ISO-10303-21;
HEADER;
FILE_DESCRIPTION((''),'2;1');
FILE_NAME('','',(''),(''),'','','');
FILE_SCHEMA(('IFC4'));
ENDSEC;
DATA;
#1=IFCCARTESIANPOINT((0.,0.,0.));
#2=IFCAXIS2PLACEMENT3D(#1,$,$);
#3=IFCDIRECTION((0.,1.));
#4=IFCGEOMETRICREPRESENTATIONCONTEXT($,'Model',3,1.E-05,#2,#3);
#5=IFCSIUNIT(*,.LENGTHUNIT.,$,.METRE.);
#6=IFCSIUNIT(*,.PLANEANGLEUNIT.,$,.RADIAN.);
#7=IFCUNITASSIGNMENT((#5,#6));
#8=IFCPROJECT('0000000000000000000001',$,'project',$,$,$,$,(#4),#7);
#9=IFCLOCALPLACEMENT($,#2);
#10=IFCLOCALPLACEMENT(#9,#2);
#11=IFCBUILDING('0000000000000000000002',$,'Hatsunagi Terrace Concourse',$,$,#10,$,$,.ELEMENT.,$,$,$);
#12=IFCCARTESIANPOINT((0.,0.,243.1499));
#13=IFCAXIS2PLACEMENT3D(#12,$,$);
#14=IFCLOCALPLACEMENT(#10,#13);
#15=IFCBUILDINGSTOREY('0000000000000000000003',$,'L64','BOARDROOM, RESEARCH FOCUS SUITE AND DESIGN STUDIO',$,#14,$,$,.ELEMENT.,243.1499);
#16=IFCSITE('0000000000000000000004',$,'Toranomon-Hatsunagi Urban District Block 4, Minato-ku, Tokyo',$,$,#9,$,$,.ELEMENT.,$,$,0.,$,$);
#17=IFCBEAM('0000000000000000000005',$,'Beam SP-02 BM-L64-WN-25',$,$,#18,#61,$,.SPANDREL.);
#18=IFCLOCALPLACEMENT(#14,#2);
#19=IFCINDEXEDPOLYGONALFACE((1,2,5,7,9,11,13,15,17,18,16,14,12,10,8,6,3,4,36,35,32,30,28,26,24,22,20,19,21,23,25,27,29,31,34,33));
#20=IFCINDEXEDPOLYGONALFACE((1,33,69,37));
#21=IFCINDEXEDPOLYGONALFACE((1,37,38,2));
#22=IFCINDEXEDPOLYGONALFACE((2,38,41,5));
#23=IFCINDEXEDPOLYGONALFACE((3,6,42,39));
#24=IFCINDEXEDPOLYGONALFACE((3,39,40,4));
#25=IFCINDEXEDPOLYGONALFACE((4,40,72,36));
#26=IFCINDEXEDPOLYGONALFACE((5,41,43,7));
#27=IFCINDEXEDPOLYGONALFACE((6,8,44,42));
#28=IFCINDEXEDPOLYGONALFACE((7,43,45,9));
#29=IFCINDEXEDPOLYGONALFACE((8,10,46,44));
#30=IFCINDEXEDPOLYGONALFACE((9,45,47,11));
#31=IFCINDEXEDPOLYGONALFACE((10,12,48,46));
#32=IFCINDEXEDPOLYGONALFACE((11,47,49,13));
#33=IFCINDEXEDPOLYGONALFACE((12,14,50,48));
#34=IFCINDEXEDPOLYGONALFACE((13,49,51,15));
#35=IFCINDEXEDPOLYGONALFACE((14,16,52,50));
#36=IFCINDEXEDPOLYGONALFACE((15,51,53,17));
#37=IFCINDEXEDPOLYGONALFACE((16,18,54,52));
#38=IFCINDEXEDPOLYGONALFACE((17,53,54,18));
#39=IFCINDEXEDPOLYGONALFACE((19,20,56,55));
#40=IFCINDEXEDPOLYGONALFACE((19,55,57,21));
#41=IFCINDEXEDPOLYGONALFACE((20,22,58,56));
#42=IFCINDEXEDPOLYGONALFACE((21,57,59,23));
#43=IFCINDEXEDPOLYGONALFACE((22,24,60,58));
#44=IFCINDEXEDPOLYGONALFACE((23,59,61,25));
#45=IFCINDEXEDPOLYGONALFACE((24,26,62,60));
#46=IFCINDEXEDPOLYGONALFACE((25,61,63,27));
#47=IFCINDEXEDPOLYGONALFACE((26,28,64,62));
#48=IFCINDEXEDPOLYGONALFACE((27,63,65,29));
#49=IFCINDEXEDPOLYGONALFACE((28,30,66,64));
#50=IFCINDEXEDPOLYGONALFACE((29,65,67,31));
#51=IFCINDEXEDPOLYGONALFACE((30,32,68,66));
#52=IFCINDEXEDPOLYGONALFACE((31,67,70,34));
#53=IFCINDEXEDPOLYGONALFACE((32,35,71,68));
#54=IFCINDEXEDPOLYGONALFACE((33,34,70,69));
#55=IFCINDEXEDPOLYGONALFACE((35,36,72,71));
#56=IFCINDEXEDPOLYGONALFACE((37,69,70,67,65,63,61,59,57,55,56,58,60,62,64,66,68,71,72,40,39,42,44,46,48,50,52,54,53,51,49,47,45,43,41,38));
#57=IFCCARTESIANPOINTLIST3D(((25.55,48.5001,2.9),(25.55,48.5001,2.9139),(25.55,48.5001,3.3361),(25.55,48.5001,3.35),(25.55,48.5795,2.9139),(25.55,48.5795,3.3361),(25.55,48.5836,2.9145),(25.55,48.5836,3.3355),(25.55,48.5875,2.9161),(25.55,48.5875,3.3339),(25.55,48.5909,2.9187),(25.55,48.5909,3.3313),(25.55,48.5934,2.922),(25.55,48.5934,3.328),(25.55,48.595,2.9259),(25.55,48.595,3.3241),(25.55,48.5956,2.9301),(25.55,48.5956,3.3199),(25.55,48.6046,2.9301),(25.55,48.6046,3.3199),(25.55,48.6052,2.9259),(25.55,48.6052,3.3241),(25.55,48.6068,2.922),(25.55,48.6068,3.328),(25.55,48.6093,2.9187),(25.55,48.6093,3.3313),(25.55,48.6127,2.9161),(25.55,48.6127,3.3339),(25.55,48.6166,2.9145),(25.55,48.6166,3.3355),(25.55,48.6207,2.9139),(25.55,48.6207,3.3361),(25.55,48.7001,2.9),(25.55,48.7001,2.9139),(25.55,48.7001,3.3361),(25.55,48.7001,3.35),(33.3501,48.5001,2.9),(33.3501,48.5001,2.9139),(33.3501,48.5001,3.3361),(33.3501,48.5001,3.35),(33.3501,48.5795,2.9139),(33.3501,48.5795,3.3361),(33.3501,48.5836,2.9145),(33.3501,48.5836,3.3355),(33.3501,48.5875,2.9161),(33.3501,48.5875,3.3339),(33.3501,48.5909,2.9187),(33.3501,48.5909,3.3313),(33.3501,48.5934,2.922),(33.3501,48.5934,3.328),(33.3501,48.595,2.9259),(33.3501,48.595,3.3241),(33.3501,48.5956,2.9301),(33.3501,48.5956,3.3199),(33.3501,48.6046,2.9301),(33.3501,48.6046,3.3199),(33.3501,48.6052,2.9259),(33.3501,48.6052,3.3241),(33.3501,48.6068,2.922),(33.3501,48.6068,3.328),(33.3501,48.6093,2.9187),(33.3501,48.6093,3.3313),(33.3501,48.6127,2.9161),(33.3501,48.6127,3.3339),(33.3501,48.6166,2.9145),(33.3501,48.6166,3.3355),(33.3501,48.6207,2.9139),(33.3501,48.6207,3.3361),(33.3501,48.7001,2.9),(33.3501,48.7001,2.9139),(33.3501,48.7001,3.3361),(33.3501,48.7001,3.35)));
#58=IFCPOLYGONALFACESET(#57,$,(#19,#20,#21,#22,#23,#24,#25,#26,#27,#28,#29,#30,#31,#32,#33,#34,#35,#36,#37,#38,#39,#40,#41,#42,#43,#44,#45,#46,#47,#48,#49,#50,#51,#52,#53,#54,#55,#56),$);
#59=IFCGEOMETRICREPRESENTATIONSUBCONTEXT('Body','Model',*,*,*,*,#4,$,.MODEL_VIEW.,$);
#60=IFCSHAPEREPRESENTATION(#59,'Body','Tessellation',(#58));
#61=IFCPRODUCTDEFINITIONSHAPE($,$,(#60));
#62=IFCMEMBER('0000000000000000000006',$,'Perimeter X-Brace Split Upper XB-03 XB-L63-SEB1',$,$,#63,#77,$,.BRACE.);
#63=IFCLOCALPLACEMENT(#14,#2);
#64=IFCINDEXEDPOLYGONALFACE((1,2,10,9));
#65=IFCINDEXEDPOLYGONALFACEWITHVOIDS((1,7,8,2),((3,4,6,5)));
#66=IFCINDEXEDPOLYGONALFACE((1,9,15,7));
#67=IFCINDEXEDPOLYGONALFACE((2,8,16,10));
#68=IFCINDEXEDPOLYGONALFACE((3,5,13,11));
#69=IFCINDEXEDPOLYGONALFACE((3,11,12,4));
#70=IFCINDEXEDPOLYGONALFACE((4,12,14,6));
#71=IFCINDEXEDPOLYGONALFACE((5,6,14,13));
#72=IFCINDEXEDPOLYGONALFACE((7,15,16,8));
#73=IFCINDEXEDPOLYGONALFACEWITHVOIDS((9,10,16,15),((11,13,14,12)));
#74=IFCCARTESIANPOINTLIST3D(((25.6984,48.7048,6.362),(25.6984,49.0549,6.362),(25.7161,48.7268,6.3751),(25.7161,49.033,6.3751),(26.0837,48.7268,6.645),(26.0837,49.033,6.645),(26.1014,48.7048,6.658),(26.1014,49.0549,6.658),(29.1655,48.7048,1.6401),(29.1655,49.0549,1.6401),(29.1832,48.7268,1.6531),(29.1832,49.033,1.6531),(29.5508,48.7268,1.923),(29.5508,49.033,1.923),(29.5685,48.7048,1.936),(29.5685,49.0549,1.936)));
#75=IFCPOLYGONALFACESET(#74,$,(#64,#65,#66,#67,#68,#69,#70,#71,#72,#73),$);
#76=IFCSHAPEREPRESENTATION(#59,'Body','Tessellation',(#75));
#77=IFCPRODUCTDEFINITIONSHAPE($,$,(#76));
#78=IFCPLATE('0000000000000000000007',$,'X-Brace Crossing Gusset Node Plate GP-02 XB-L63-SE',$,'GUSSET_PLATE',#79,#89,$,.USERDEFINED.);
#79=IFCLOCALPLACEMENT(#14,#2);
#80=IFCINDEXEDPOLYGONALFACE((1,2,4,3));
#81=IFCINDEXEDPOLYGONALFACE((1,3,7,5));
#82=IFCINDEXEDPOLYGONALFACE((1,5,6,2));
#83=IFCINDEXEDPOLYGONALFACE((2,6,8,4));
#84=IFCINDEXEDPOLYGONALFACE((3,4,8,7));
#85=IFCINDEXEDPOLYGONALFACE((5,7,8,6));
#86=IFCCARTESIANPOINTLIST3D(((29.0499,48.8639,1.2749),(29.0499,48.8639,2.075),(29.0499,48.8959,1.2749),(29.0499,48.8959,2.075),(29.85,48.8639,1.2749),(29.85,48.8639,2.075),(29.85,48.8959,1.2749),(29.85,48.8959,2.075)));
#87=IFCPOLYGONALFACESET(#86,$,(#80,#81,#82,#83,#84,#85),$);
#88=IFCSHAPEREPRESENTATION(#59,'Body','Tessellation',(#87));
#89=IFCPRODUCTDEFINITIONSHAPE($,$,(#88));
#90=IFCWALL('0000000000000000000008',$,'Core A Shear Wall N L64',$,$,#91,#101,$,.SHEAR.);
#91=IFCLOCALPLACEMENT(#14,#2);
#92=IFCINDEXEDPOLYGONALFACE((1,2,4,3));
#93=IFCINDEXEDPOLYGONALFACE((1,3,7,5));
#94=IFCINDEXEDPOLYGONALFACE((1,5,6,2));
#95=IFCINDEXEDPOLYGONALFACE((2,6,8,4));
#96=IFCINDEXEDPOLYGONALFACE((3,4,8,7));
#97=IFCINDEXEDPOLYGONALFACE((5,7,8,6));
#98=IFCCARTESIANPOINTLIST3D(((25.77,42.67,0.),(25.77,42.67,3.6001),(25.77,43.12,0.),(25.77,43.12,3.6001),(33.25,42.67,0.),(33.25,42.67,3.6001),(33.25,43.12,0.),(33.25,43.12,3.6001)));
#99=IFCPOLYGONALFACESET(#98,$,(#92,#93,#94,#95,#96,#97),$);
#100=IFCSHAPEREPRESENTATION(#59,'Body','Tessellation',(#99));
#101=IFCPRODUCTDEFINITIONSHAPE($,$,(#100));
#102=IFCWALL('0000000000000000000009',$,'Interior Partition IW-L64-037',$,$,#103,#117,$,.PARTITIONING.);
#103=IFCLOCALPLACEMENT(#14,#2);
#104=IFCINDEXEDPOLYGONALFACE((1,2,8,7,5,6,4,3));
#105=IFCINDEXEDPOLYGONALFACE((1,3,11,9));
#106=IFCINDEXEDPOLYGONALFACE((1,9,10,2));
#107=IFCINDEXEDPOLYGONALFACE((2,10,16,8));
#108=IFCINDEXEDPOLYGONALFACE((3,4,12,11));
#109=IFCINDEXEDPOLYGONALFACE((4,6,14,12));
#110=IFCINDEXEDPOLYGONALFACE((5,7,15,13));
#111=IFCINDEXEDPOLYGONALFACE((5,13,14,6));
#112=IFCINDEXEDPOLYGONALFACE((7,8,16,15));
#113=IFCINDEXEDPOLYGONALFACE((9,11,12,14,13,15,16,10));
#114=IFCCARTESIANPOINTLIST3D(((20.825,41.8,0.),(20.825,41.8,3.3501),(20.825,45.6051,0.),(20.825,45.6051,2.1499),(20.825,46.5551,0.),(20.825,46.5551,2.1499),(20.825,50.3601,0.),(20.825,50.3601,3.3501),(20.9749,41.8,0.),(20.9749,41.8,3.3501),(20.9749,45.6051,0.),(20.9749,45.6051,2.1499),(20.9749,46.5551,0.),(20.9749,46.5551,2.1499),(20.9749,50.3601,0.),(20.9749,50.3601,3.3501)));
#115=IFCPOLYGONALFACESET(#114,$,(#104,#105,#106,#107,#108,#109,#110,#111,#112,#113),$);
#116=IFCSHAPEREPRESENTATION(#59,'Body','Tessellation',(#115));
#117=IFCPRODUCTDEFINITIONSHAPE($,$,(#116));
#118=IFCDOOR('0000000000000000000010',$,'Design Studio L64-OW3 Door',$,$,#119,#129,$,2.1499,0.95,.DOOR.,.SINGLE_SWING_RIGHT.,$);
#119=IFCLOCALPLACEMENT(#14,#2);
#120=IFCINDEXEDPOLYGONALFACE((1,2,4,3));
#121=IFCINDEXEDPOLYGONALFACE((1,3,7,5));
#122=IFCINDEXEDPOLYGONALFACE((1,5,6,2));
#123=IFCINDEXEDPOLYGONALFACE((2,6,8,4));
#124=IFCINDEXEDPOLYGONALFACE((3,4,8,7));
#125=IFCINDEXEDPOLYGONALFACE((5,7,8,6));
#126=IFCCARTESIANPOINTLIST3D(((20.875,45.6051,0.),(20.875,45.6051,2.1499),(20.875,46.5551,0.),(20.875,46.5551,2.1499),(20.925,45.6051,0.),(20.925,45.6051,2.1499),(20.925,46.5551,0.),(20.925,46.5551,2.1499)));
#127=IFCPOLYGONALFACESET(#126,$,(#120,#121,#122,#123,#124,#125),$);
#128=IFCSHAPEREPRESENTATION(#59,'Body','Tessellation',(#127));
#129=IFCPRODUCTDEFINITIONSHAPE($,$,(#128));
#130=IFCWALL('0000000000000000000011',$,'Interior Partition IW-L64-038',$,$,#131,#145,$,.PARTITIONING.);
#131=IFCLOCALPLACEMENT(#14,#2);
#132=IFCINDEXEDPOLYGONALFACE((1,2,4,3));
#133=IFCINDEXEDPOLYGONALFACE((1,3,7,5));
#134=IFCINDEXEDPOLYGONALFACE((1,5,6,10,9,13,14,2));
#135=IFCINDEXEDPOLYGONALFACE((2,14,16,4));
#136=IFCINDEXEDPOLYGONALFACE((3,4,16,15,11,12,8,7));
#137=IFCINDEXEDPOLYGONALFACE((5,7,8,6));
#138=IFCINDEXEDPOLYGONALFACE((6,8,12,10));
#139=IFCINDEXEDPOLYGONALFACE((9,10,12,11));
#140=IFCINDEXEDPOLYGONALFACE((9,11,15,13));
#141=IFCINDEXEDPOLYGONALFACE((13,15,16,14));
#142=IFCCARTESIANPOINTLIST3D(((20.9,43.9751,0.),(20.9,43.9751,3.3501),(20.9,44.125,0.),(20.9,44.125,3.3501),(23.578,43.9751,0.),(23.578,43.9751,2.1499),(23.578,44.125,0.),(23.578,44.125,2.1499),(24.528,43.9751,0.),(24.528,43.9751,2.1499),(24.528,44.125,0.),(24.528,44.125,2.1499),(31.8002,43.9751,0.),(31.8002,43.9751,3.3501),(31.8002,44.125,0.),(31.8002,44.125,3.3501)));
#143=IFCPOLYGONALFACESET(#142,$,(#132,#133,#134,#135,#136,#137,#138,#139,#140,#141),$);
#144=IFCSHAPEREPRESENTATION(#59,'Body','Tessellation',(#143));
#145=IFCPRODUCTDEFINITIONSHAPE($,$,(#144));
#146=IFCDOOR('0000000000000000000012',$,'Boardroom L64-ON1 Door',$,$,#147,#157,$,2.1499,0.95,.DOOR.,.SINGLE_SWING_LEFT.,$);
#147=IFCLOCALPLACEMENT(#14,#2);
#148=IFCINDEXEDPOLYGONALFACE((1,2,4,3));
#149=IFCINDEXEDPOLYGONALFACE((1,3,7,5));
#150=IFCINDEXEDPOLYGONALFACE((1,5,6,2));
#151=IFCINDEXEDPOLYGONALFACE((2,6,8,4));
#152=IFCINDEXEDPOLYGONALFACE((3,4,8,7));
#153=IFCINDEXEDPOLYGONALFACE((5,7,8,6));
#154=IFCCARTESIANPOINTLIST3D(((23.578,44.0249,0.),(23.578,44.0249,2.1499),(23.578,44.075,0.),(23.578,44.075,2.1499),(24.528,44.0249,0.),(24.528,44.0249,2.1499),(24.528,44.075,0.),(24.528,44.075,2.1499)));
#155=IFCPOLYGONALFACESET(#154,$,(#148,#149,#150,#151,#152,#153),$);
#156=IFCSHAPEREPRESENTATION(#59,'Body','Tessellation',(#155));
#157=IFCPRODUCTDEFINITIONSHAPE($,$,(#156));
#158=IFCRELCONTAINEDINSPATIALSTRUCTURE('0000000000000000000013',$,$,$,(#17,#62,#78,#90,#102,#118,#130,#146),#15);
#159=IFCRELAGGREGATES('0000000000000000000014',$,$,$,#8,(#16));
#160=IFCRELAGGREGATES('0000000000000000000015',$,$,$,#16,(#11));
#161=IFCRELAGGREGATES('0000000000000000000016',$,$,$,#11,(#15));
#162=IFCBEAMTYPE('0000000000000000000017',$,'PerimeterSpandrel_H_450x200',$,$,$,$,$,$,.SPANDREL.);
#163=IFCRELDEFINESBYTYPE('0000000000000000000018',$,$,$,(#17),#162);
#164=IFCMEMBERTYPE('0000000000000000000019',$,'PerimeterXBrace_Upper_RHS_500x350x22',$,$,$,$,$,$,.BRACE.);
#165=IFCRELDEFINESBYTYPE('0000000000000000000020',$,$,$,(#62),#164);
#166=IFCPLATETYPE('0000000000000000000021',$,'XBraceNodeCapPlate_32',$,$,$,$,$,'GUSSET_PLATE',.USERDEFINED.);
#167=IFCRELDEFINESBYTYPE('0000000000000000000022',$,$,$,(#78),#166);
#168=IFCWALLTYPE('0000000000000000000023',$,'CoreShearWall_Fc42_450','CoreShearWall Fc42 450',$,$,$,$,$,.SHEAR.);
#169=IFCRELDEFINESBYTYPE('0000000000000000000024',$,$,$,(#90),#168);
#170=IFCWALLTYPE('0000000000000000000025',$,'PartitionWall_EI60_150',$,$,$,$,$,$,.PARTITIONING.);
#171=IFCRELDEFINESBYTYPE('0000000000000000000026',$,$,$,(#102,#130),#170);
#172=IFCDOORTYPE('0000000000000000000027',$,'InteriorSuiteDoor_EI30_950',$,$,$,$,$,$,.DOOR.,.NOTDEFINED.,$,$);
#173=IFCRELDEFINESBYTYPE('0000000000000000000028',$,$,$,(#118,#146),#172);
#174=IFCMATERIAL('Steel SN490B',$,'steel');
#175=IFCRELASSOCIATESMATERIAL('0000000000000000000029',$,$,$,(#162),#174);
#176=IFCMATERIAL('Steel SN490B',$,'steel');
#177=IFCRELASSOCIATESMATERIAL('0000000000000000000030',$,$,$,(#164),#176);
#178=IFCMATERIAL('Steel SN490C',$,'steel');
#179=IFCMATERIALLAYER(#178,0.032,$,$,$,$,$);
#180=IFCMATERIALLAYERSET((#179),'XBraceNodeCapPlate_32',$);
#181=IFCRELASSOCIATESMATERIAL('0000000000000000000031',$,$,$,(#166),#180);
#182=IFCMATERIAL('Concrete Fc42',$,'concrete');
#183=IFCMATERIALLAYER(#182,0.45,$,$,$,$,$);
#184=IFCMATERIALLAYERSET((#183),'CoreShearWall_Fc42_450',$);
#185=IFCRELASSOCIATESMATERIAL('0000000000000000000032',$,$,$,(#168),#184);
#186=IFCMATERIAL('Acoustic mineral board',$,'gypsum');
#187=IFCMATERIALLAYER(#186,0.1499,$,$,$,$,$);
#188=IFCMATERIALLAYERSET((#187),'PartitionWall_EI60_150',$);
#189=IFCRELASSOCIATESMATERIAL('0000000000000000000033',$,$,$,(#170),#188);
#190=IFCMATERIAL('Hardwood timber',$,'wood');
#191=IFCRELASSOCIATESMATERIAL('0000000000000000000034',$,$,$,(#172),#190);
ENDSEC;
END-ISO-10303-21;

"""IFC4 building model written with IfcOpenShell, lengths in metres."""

from ifc_helpers import new_model, si_unit, direction, frame, frame_2d, origin, origin_2d, place, context, subcontext, project, spatial, rectangle, hollow_rectangle, i_section, extrude, material, layer, layer_set, material_profile, profile_set, type_object, element, fill, save


model = new_model("IFC4")

# Units and contexts
model_context = context("Model", 3, precision=1e-05, world=origin(), true_north=direction((0.0, 1.0)))
body_context = subcontext(model_context, "Body", "Model", "MODEL_VIEW")
ifc_project = project(units=[si_unit("LENGTHUNIT", "METRE"), si_unit("PLANEANGLEUNIT", "RADIAN")], contexts=[model_context])

# Site, building, storey
site_placement = place(None, origin())
site = spatial("IfcSite", under=ifc_project, at=site_placement, Name="Toranomon-Hatsunagi Urban District Block 4, Minato-ku, Tokyo", CompositionType="ELEMENT", RefElevation=0.0)
building_placement = place(site_placement, origin())
building = spatial("IfcBuilding", under=site, at=building_placement, Name="Hatsunagi Terrace Concourse", CompositionType="ELEMENT")
storey_placement = place(building_placement, frame((0.0, 0.0, 243.1499)))
storey = spatial("IfcBuildingStorey", under=building, at=storey_placement, Name="L64", Description="BOARDROOM, RESEARCH FOCUS SUITE AND DESIGN STUDIO", CompositionType="ELEMENT", Elevation=243.1499)

# Beam
ifc_material_1 = material(Name="Steel SN490B", Category="steel")
ifc_material_profile_1 = material_profile(ifc_material_1, i_section(OverallWidth=0.2, OverallDepth=0.45, WebThickness=0.009, FlangeThickness=0.0139, FilletRadius=0.0161, at=origin_2d()), Name="H-450x200x9x14")
ifc_profile_set_1 = profile_set([ifc_material_profile_1], Name="Steel SN490B")
beam_type_1 = type_object("IfcBeamType", Name="PerimeterSpandrel_H_450x200", PredefinedType="SPANDREL", material=ifc_profile_set_1)
beam_1_placement = place(storey_placement, frame((25.55, 48.6001, 3.125), z_axis=(1.0, 0.0, 0.0), x_axis=(0.0, 1.0, 0.0)))
element("IfcBeam", 1, at=beam_1_placement, inside=storey, type_object=beam_type_1, Name="Beam SP-02 BM-L64-WN-25", PredefinedType="SPANDREL", context=body_context, shape_type="SweptSolid", body=[
    extrude(i_section(OverallWidth=0.2, OverallDepth=0.45, WebThickness=0.009, FlangeThickness=0.0139, FilletRadius=0.0161, at=origin_2d()), origin(), (0.0, 0.0, 1.0), 7.8),
])

# Member
ifc_material_2 = material(Name="Steel SN490B", Category="steel")
ifc_material_profile_2 = material_profile(ifc_material_2, hollow_rectangle(XDim=0.3501, YDim=0.5, WallThickness=0.022, at=origin_2d()), Name="RHS-500x350x22")
ifc_profile_set_2 = profile_set([ifc_material_profile_2], Name="Steel SN490B")
member_type = type_object("IfcMemberType", Name="PerimeterXBrace_Upper_RHS_500x350x22", PredefinedType="BRACE", material=ifc_profile_set_2)
member_placement = place(storey_placement, frame((25.8999, 48.8799, 6.51), z_axis=(0.591841, 0.0, -0.806055), x_axis=(0.0, 1.0, 0.0)))
element("IfcMember", 2, at=member_placement, inside=storey, type_object=member_type, Name="Perimeter X-Brace Split Upper XB-03 XB-L63-SEB1", PredefinedType="BRACE", context=body_context, shape_type="SweptSolid", body=[
    extrude(hollow_rectangle(XDim=0.3501, YDim=0.5, WallThickness=0.022, at=origin_2d()), origin(), (0.0, 0.0, 1.0), 5.8582),
])

# Plate
ifc_material_3 = material(Name="Steel SN490C", Category="steel")
ifc_layer_1 = layer(ifc_material_3, 0.032)
ifc_layer_set_1 = layer_set([ifc_layer_1], Name="XBraceNodeCapPlate_32")
plate_type = type_object("IfcPlateType", Name="XBraceNodeCapPlate_32", ElementType="GUSSET_PLATE", PredefinedType="USERDEFINED", material=ifc_layer_set_1)
plate_placement = place(storey_placement, frame((29.45, 48.8799, 1.2749), z_axis=(0.0, 0.0, 1.0), x_axis=(1.0, 0.0, 0.0)))
element("IfcPlate", 3, at=plate_placement, inside=storey, type_object=plate_type, Name="X-Brace Crossing Gusset Node Plate GP-02 XB-L63-SE", ObjectType="GUSSET_PLATE", PredefinedType="USERDEFINED", context=body_context, shape_type="SweptSolid", body=[
    extrude(rectangle(XDim=0.8, YDim=0.032, at=origin_2d()), origin(), (0.0, 0.0, 1.0), 0.8),
])

# Wall
ifc_material_4 = material(Name="Concrete Fc42", Category="concrete")
ifc_layer_2 = layer(ifc_material_4, 0.45)
ifc_layer_set_2 = layer_set([ifc_layer_2], Name="CoreShearWall_Fc42_450")
wall_type_1 = type_object("IfcWallType", Name="CoreShearWall_Fc42_450", Description="CoreShearWall Fc42 450", PredefinedType="SHEAR", material=ifc_layer_set_2)
wall_1_placement = place(storey_placement, frame((25.77, 42.895, 0.0), z_axis=(0.0, 0.0, 1.0), x_axis=(1.0, 0.0, 0.0)))
element("IfcWall", 4, at=wall_1_placement, inside=storey, type_object=wall_type_1, Name="Core A Shear Wall N L64", PredefinedType="SHEAR", context=body_context, shape_type="SweptSolid", body=[
    extrude(rectangle(XDim=7.48, YDim=0.45, at=frame_2d((3.74, 0.0))), origin(), (0.0, 0.0, 1.0), 3.6001),
])

# Walls, openings, doors
ifc_material_5 = material(Name="Acoustic mineral board", Category="gypsum")
ifc_layer_3 = layer(ifc_material_5, 0.1499)
ifc_layer_set_3 = layer_set([ifc_layer_3], Name="PartitionWall_EI60_150")
wall_type_2 = type_object("IfcWallType", Name="PartitionWall_EI60_150", PredefinedType="PARTITIONING", material=ifc_layer_set_3)
wall_2_placement = place(storey_placement, frame((20.8999, 41.8, 0.0), z_axis=(0.0, 0.0, 1.0), x_axis=(0.0, 1.0, 0.0)))
wall_2 = element("IfcWall", 5, at=wall_2_placement, inside=storey, type_object=wall_type_2, Name="Interior Partition IW-L64-037", PredefinedType="PARTITIONING", context=body_context, shape_type="SweptSolid", body=[
    extrude(rectangle(XDim=8.5601, YDim=0.1499, at=frame_2d((4.28, 0.0))), origin(), (0.0, 0.0, 1.0), 3.3501),
])
opening_1_placement = place(wall_2_placement, frame((3.8049, 0.0, 0.0)))
opening_1 = element("IfcOpeningElement", 6, at=opening_1_placement, cuts=wall_2, PredefinedType="OPENING", context=body_context, shape_type="SweptSolid", body=[
    extrude(rectangle(XDim=0.95, YDim=2.1499, at=frame_2d((0.4751, 1.075))), frame((0.0, 0.085, 0.0), z_axis=(0.0, -1.0, 0.0), x_axis=(1.0, 0.0, 0.0)), (0.0, 0.0, 1.0), 0.1699),
])
ifc_material_6 = material(Name="Hardwood timber", Category="wood")
door_type_1 = type_object("IfcDoorType", Name="InteriorSuiteDoor_EI30_950", OperationType="NOTDEFINED", PredefinedType="DOOR", material=ifc_material_6)
door_1_placement = place(opening_1_placement, origin())
door_1 = element("IfcDoor", 7, at=door_1_placement, inside=storey, type_object=door_type_1, Name="Design Studio L64-OW3 Door", OperationType="SINGLE_SWING_RIGHT", OverallHeight=2.1499, OverallWidth=0.95, PredefinedType="DOOR", context=body_context, shape_type="SweptSolid", body=[
    extrude(rectangle(XDim=0.95, YDim=2.1499, at=frame_2d((0.4751, 1.075))), frame((0.0, 0.0249, 0.0), z_axis=(0.0, -1.0, 0.0), x_axis=(1.0, 0.0, 0.0)), (0.0, 0.0, 1.0), 0.05),
])
fill(opening_1, door_1)
wall_3_placement = place(storey_placement, frame((20.8999, 44.05, 0.0), z_axis=(0.0, 0.0, 1.0), x_axis=(1.0, 0.0, 0.0)))
wall_3 = element("IfcWall", 8, at=wall_3_placement, inside=storey, type_object=wall_type_2, Name="Interior Partition IW-L64-038", PredefinedType="PARTITIONING", context=body_context, shape_type="SweptSolid", body=[
    extrude(rectangle(XDim=10.9001, YDim=0.1499, at=frame_2d((5.4502, 0.0))), origin(), (0.0, 0.0, 1.0), 3.3501),
])
opening_2_placement = place(wall_3_placement, frame((2.678, 0.0, 0.0)))
opening_2 = element("IfcOpeningElement", 9, at=opening_2_placement, cuts=wall_3, PredefinedType="OPENING", context=body_context, shape_type="SweptSolid", body=[
    extrude(rectangle(XDim=0.95, YDim=2.1499, at=frame_2d((0.4751, 1.075))), frame((0.0, 0.085, 0.0), z_axis=(0.0, -1.0, 0.0), x_axis=(1.0, 0.0, 0.0)), (0.0, 0.0, 1.0), 0.1699),
])
door_2_placement = place(opening_2_placement, origin())
door_2 = element("IfcDoor", 10, at=door_2_placement, inside=storey, type_object=door_type_1, Name="Boardroom L64-ON1 Door", OperationType="SINGLE_SWING_LEFT", OverallHeight=2.1499, OverallWidth=0.95, PredefinedType="DOOR", context=body_context, shape_type="SweptSolid", body=[
    extrude(rectangle(XDim=0.95, YDim=2.1499, at=frame_2d((0.4751, 1.075))), frame((0.0, 0.0249, 0.0), z_axis=(0.0, -1.0, 0.0), x_axis=(1.0, 0.0, 0.0)), (0.0, 0.0, 1.0), 0.05),
])
fill(opening_2, door_2)

save(model, "model.ifc")
